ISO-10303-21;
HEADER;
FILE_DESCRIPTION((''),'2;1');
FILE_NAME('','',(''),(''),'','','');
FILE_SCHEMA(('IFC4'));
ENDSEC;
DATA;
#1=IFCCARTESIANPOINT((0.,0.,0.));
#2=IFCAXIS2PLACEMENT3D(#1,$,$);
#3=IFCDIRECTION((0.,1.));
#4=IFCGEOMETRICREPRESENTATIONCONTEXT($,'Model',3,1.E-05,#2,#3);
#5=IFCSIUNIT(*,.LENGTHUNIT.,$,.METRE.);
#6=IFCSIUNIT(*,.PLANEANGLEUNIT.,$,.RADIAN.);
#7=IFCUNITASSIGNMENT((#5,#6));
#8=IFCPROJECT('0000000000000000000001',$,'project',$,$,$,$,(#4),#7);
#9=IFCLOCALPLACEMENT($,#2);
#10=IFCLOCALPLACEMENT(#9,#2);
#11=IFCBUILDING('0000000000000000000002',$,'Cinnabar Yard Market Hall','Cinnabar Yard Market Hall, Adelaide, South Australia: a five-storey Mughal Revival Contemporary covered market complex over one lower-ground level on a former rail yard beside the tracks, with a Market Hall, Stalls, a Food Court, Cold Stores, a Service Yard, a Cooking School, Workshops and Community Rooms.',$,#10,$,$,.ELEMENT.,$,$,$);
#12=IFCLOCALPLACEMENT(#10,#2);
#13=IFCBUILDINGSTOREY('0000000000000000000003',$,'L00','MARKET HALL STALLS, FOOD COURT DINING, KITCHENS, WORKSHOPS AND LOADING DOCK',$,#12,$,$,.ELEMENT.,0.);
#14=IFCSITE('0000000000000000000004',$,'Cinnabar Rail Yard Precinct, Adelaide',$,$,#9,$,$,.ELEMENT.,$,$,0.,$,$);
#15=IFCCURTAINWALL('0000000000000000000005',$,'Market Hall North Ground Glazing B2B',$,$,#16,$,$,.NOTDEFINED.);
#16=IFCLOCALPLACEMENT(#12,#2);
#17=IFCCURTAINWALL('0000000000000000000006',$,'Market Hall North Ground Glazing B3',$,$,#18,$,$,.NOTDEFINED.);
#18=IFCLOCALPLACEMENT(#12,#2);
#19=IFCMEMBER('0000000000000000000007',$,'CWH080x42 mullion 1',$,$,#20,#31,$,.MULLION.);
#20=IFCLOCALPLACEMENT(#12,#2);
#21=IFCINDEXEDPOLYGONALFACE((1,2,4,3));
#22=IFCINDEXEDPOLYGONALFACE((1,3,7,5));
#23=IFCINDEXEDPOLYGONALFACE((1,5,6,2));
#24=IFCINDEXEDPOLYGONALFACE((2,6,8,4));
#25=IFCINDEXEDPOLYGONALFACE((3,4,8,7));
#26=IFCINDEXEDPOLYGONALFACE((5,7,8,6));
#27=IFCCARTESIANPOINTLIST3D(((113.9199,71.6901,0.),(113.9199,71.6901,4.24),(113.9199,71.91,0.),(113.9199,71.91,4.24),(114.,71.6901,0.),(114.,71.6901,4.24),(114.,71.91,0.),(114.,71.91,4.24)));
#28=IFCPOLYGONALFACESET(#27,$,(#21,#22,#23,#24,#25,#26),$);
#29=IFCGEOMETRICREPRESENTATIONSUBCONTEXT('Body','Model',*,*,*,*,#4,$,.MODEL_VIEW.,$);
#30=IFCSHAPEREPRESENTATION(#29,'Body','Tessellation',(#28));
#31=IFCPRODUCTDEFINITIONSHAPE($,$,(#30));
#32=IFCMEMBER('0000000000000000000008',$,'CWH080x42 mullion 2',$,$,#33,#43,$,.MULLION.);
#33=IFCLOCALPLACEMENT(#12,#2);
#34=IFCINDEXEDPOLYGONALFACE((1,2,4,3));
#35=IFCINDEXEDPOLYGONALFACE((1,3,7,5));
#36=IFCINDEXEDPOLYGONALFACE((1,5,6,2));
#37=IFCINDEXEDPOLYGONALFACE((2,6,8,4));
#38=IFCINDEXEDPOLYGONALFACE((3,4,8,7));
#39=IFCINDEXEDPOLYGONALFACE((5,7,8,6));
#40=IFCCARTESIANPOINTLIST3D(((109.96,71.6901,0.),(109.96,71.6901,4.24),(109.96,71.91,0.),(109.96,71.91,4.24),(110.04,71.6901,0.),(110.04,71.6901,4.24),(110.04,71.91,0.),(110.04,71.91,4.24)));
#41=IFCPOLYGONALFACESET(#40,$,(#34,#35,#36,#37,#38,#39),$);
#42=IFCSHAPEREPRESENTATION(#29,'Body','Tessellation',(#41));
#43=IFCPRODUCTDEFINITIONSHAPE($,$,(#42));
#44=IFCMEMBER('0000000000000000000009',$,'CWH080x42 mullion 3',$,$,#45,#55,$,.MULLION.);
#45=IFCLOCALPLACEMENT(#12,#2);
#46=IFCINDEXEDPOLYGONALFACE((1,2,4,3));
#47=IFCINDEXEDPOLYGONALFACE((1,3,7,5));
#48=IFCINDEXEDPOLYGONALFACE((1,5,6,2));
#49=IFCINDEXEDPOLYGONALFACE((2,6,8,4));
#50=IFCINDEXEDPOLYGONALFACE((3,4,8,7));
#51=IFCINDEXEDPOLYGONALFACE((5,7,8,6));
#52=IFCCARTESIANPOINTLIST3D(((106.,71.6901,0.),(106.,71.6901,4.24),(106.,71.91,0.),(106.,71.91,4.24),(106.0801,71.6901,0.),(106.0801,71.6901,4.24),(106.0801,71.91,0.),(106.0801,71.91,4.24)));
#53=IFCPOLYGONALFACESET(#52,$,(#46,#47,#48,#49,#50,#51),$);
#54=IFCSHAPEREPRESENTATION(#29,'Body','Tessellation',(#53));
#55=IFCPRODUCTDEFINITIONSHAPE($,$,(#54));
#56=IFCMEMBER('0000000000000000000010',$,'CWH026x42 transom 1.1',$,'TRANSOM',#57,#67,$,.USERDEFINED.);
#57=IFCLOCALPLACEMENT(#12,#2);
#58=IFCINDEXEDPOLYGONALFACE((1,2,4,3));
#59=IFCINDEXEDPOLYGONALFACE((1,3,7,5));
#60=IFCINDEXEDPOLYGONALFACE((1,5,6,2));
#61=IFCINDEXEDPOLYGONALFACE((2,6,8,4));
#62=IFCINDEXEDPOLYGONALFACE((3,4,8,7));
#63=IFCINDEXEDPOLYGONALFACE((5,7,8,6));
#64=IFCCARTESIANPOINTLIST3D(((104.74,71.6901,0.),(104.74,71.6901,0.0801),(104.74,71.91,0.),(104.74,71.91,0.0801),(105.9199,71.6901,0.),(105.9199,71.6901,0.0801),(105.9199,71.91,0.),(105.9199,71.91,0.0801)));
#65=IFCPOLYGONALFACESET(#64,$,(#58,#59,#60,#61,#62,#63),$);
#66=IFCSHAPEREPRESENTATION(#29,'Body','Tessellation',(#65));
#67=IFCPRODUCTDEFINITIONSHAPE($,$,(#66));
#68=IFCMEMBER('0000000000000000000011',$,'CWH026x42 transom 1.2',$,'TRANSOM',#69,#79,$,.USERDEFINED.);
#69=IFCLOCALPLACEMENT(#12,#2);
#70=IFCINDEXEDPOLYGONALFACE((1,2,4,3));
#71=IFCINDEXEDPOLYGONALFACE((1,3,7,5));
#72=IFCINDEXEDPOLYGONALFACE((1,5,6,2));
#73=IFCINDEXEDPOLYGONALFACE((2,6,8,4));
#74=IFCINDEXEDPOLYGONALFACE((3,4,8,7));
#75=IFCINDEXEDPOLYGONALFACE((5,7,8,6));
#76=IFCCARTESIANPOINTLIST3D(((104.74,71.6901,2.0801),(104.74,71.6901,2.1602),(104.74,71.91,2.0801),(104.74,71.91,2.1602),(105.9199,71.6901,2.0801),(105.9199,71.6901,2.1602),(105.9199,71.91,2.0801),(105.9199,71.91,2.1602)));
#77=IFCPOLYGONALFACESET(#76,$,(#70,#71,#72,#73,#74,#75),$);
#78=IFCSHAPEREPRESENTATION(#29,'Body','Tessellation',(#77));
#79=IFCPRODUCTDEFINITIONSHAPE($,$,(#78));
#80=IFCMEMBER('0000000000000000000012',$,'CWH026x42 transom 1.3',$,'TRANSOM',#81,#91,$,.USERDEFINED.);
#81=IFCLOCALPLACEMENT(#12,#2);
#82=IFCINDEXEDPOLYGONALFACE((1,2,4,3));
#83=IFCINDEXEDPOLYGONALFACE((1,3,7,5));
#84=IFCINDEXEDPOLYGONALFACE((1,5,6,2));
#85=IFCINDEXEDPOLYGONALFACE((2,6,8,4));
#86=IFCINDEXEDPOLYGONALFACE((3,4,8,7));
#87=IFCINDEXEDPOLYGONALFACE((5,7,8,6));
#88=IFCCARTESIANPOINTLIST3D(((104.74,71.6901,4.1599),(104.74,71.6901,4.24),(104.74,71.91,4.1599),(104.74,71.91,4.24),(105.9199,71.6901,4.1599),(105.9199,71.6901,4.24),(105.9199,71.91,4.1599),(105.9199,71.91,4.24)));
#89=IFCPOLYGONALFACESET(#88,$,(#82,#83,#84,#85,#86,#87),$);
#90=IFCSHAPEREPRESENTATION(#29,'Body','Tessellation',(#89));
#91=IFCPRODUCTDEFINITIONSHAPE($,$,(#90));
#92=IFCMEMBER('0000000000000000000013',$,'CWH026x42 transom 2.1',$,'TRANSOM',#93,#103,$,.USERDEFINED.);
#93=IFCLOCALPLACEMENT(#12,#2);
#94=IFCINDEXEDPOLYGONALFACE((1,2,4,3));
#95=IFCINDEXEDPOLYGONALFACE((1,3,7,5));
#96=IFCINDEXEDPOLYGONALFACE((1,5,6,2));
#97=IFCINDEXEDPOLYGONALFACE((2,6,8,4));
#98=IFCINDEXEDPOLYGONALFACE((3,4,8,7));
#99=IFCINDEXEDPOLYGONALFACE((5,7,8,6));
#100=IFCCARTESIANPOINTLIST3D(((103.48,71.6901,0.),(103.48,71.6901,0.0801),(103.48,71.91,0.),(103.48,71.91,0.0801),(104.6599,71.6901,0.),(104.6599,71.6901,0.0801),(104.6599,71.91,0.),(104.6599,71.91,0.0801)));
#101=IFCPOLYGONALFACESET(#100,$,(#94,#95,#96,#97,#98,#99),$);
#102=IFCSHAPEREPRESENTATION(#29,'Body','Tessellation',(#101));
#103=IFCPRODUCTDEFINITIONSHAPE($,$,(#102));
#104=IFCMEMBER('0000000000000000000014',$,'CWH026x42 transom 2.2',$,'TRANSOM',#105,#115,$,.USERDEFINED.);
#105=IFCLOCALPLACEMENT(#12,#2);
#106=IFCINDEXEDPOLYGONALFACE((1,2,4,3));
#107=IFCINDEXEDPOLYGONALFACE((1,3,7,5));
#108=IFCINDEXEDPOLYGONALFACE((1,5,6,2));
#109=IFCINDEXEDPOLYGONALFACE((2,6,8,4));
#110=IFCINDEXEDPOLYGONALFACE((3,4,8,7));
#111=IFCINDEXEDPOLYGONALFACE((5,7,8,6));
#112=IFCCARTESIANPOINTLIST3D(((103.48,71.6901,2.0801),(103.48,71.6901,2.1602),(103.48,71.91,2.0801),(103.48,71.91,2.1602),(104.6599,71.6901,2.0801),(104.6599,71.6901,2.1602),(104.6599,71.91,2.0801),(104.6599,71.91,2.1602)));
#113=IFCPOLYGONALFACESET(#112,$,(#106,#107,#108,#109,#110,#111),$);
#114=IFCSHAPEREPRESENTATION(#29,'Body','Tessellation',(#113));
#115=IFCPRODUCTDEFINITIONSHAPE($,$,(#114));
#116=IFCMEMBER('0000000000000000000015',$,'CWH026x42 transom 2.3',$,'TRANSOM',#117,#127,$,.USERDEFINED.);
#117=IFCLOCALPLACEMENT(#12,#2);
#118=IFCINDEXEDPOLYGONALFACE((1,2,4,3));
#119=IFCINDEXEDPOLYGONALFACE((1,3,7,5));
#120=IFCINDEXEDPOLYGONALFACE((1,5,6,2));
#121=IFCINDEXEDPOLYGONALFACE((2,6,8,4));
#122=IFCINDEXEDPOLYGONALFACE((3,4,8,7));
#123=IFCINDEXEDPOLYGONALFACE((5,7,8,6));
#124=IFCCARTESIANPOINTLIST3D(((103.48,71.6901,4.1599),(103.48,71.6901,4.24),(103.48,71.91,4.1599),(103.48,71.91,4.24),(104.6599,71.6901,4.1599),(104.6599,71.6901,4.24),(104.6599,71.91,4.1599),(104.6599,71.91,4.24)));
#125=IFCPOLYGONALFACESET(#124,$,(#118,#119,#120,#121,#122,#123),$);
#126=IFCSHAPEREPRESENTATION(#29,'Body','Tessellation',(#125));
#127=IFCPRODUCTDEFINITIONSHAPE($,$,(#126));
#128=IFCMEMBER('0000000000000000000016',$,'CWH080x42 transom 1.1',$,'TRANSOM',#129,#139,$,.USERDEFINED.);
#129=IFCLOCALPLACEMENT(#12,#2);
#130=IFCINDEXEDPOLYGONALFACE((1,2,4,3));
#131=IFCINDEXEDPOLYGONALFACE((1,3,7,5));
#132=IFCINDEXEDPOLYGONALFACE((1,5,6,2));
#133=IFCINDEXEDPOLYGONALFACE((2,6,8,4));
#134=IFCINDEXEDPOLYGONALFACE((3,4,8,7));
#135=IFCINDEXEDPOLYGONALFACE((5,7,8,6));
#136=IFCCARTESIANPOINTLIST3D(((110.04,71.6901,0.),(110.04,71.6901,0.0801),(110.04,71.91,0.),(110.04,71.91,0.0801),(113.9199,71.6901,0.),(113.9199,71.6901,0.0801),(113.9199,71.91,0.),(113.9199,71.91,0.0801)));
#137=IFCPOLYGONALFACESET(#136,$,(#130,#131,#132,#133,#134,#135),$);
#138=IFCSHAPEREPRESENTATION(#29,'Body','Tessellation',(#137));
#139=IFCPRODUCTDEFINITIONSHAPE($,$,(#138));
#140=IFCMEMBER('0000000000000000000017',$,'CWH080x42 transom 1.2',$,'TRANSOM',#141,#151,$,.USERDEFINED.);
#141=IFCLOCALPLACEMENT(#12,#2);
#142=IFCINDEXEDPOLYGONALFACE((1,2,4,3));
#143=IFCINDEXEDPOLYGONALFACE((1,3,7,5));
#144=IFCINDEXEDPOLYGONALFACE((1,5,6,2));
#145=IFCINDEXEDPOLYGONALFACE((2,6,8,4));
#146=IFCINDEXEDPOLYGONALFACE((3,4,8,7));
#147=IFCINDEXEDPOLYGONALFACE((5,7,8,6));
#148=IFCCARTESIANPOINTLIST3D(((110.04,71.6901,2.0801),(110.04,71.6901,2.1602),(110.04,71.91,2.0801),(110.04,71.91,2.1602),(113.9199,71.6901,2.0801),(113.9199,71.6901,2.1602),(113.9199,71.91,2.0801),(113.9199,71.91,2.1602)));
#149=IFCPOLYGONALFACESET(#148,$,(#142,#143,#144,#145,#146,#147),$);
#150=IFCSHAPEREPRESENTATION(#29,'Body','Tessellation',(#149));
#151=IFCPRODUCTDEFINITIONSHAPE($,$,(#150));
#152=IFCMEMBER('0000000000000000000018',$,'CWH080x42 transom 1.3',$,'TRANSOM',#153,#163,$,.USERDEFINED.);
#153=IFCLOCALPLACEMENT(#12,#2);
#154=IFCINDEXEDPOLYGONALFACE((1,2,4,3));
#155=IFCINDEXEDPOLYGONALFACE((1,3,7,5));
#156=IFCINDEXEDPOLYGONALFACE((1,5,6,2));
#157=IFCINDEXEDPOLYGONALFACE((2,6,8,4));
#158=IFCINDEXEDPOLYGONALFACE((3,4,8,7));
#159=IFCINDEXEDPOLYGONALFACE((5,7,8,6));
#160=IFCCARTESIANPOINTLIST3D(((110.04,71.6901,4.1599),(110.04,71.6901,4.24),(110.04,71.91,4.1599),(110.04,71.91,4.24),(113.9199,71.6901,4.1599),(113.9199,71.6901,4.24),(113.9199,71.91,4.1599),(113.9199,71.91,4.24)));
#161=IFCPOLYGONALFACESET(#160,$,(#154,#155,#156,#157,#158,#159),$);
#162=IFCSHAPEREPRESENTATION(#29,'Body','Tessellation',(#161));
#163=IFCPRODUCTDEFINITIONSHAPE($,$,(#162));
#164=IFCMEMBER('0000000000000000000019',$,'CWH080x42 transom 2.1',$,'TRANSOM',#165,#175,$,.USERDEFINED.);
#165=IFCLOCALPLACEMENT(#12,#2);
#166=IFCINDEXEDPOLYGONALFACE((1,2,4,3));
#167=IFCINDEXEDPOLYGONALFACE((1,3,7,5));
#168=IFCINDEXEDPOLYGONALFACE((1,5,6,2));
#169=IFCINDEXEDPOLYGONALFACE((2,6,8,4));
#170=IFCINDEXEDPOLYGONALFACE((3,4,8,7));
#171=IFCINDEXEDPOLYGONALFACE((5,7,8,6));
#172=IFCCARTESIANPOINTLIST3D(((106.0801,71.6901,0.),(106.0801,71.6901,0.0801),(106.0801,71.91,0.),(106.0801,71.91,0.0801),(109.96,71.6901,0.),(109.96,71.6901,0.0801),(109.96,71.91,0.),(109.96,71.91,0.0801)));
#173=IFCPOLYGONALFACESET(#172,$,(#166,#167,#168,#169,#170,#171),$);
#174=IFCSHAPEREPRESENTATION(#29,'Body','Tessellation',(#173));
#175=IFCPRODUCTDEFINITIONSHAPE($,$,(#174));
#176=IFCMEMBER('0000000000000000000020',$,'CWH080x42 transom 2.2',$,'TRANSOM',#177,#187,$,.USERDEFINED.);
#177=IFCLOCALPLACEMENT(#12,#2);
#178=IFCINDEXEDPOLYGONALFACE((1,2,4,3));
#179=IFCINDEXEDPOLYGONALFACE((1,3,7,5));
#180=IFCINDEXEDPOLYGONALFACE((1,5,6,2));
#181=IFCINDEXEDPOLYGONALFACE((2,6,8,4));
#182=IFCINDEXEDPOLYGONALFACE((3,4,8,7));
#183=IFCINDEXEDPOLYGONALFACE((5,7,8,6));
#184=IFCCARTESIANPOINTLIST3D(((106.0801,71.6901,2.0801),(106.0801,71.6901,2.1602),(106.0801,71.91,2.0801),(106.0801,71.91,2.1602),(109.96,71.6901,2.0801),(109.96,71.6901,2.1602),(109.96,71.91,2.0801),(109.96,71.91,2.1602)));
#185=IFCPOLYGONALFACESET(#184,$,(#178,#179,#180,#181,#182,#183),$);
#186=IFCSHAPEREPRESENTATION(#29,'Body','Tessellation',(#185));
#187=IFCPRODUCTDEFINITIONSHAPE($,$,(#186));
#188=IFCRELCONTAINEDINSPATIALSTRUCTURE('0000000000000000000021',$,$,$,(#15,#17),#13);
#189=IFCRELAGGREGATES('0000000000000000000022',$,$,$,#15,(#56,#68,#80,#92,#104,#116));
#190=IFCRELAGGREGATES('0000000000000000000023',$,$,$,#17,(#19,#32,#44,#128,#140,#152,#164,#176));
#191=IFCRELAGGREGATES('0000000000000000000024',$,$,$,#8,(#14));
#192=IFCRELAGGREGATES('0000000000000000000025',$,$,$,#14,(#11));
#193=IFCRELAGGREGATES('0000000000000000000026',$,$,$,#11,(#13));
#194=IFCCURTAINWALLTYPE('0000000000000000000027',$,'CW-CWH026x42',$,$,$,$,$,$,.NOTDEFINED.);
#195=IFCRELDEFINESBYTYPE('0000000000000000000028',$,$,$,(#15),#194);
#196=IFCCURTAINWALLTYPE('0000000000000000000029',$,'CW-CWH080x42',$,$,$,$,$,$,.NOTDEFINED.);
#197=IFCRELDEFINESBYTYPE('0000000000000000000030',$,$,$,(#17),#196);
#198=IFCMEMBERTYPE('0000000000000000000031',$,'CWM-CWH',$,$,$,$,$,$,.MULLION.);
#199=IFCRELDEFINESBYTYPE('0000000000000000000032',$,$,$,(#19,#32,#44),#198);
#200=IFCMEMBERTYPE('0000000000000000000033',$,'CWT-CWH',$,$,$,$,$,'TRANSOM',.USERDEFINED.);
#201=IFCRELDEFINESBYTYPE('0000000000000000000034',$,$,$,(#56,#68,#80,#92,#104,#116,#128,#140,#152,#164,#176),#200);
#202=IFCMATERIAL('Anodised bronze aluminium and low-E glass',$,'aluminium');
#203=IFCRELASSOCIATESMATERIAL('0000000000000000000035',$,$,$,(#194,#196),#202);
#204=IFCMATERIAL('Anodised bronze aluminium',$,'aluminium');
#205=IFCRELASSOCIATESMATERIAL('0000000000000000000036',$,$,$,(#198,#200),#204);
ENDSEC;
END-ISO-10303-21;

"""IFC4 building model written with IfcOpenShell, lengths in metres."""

from ifc_helpers import new_model, si_unit, direction, frame, origin, origin_2d_with_axis, place, context, subcontext, project, spatial, rectangle, extrude, material, material_profile, profile_set, type_object, element, aggregate, save


model = new_model("IFC4")

# Units and contexts
model_context = context("Model", 3, precision=1e-05, world=origin(), true_north=direction((0.0, 1.0)))
body_context = subcontext(model_context, "Body", "Model", "MODEL_VIEW")
ifc_project = project(units=[si_unit("LENGTHUNIT", "METRE"), si_unit("PLANEANGLEUNIT", "RADIAN")], contexts=[model_context])

# Site, building, storey
site_placement = place(None, origin())
site = spatial("IfcSite", under=ifc_project, at=site_placement, Name="Cinnabar Rail Yard Precinct, Adelaide", CompositionType="ELEMENT", RefElevation=0.0)
building_placement = place(site_placement, origin())
building = spatial("IfcBuilding", under=site, at=building_placement, Name="Cinnabar Yard Market Hall", Description="Cinnabar Yard Market Hall, Adelaide, South Australia: a five-storey Mughal Revival Contemporary covered market complex over one lower-ground level on a former rail yard beside the tracks, with a Market Hall, Stalls, a Food Court, Cold Stores, a Service Yard, a Cooking School, Workshops and Community Rooms.", CompositionType="ELEMENT")
storey_placement = place(building_placement, origin())
storey = spatial("IfcBuildingStorey", under=building, at=storey_placement, Name="L00", Description="MARKET HALL STALLS, FOOD COURT DINING, KITCHENS, WORKSHOPS AND LOADING DOCK", CompositionType="ELEMENT", Elevation=0.0)

# Curtain walls, members
ifc_material_1 = material(Name="Anodised bronze aluminium and low-E glass", Category="aluminium")
curtain_wall_type_1 = type_object("IfcCurtainWallType", Name="CW-CWH026x42", PredefinedType="NOTDEFINED", material=ifc_material_1)
curtain_wall_1_placement = place(storey_placement, origin())
curtain_wall_1 = element("IfcCurtainWall", 1, at=curtain_wall_1_placement, inside=storey, type_object=curtain_wall_type_1, Name="Market Hall North Ground Glazing B2B", PredefinedType="NOTDEFINED")
ifc_material_2 = material(Name="Anodised bronze aluminium", Category="aluminium")
ifc_material_profile_1 = material_profile(ifc_material_2, rectangle(XDim=0.22, YDim=0.0801, at=origin_2d_with_axis()), Name="MUL-CWH")
ifc_profile_set_1 = profile_set([ifc_material_profile_1], Name="Anodised bronze aluminium")
member_type_1 = type_object("IfcMemberType", Name="CWM-CWH", PredefinedType="MULLION", material=ifc_profile_set_1)
curtain_wall_type_2 = type_object("IfcCurtainWallType", Name="CW-CWH080x42", PredefinedType="NOTDEFINED", material=ifc_material_1)
curtain_wall_2_placement = place(storey_placement, origin())
curtain_wall_2 = element("IfcCurtainWall", 2, at=curtain_wall_2_placement, inside=storey, type_object=curtain_wall_type_2, Name="Market Hall North Ground Glazing B3", PredefinedType="NOTDEFINED")
member_1_placement = place(storey_placement, frame((113.96, 71.8, 0.0), z_axis=(0.0, 0.0, 1.0), x_axis=(0.0, -1.0, 0.0)))
member_1 = element("IfcMember", 3, at=member_1_placement, type_object=member_type_1, Name="CWH080x42 mullion 1", PredefinedType="MULLION", context=body_context, shape_type="SweptSolid", body=[
    extrude(rectangle(XDim=0.22, YDim=0.0801, at=origin_2d_with_axis()), origin(), (0.0, 0.0, 1.0), 4.24),
])
member_2_placement = place(storey_placement, frame((110.0, 71.8, 0.0), z_axis=(0.0, 0.0, 1.0), x_axis=(0.0, -1.0, 0.0)))
member_2 = element("IfcMember", 4, at=member_2_placement, type_object=member_type_1, Name="CWH080x42 mullion 2", PredefinedType="MULLION", context=body_context, shape_type="SweptSolid", body=[
    extrude(rectangle(XDim=0.22, YDim=0.0801, at=origin_2d_with_axis()), origin(), (0.0, 0.0, 1.0), 4.24),
])
member_3_placement = place(storey_placement, frame((106.04, 71.8, 0.0), z_axis=(0.0, 0.0, 1.0), x_axis=(0.0, -1.0, 0.0)))
member_3 = element("IfcMember", 5, at=member_3_placement, type_object=member_type_1, Name="CWH080x42 mullion 3", PredefinedType="MULLION", context=body_context, shape_type="SweptSolid", body=[
    extrude(rectangle(XDim=0.22, YDim=0.0801, at=origin_2d_with_axis()), origin(), (0.0, 0.0, 1.0), 4.24),
])

# Members
ifc_material_profile_2 = material_profile(ifc_material_2, rectangle(XDim=0.22, YDim=0.0801, at=origin_2d_with_axis()), Name="TRN-CWH")
ifc_profile_set_2 = profile_set([ifc_material_profile_2], Name="Anodised bronze aluminium")
member_type_2 = type_object("IfcMemberType", Name="CWT-CWH", ElementType="TRANSOM", PredefinedType="USERDEFINED", material=ifc_profile_set_2)
member_4_placement = place(storey_placement, frame((105.9199, 71.8, 0.04), z_axis=(-1.0, 0.0, 0.0), x_axis=(0.0, -1.0, 0.0)))
member_4 = element("IfcMember", 6, at=member_4_placement, type_object=member_type_2, Name="CWH026x42 transom 1.1", ObjectType="TRANSOM", PredefinedType="USERDEFINED", context=body_context, shape_type="SweptSolid", body=[
    extrude(rectangle(XDim=0.22, YDim=0.0801, at=origin_2d_with_axis()), origin(), (0.0, 0.0, 1.0), 1.1799),
])
member_5_placement = place(storey_placement, frame((105.9199, 71.8, 2.1201), z_axis=(-1.0, 0.0, 0.0), x_axis=(0.0, -1.0, 0.0)))
member_5 = element("IfcMember", 7, at=member_5_placement, type_object=member_type_2, Name="CWH026x42 transom 1.2", ObjectType="TRANSOM", PredefinedType="USERDEFINED", context=body_context, shape_type="SweptSolid", body=[
    extrude(rectangle(XDim=0.22, YDim=0.0801, at=origin_2d_with_axis()), origin(), (0.0, 0.0, 1.0), 1.1799),
])
member_6_placement = place(storey_placement, frame((105.9199, 71.8, 4.2), z_axis=(-1.0, 0.0, 0.0), x_axis=(0.0, -1.0, 0.0)))
member_6 = element("IfcMember", 8, at=member_6_placement, type_object=member_type_2, Name="CWH026x42 transom 1.3", ObjectType="TRANSOM", PredefinedType="USERDEFINED", context=body_context, shape_type="SweptSolid", body=[
    extrude(rectangle(XDim=0.22, YDim=0.0801, at=origin_2d_with_axis()), origin(), (0.0, 0.0, 1.0), 1.1799),
])
member_7_placement = place(storey_placement, frame((104.6599, 71.8, 0.04), z_axis=(-1.0, 0.0, 0.0), x_axis=(0.0, -1.0, 0.0)))
member_7 = element("IfcMember", 9, at=member_7_placement, type_object=member_type_2, Name="CWH026x42 transom 2.1", ObjectType="TRANSOM", PredefinedType="USERDEFINED", context=body_context, shape_type="SweptSolid", body=[
    extrude(rectangle(XDim=0.22, YDim=0.0801, at=origin_2d_with_axis()), origin(), (0.0, 0.0, 1.0), 1.1799),
])
member_8_placement = place(storey_placement, frame((104.6599, 71.8, 2.1201), z_axis=(-1.0, 0.0, 0.0), x_axis=(0.0, -1.0, 0.0)))
member_8 = element("IfcMember", 10, at=member_8_placement, type_object=member_type_2, Name="CWH026x42 transom 2.2", ObjectType="TRANSOM", PredefinedType="USERDEFINED", context=body_context, shape_type="SweptSolid", body=[
    extrude(rectangle(XDim=0.22, YDim=0.0801, at=origin_2d_with_axis()), origin(), (0.0, 0.0, 1.0), 1.1799),
])
member_9_placement = place(storey_placement, frame((104.6599, 71.8, 4.2), z_axis=(-1.0, 0.0, 0.0), x_axis=(0.0, -1.0, 0.0)))
member_9 = element("IfcMember", 11, at=member_9_placement, type_object=member_type_2, Name="CWH026x42 transom 2.3", ObjectType="TRANSOM", PredefinedType="USERDEFINED", context=body_context, shape_type="SweptSolid", body=[
    extrude(rectangle(XDim=0.22, YDim=0.0801, at=origin_2d_with_axis()), origin(), (0.0, 0.0, 1.0), 1.1799),
])
member_10_placement = place(storey_placement, frame((113.9199, 71.8, 0.04), z_axis=(-1.0, 0.0, 0.0), x_axis=(0.0, -1.0, 0.0)))
member_10 = element("IfcMember", 12, at=member_10_placement, type_object=member_type_2, Name="CWH080x42 transom 1.1", ObjectType="TRANSOM", PredefinedType="USERDEFINED", context=body_context, shape_type="SweptSolid", body=[
    extrude(rectangle(XDim=0.22, YDim=0.0801, at=origin_2d_with_axis()), origin(), (0.0, 0.0, 1.0), 3.8799),
])
member_11_placement = place(storey_placement, frame((113.9199, 71.8, 2.1201), z_axis=(-1.0, 0.0, 0.0), x_axis=(0.0, -1.0, 0.0)))
member_11 = element("IfcMember", 13, at=member_11_placement, type_object=member_type_2, Name="CWH080x42 transom 1.2", ObjectType="TRANSOM", PredefinedType="USERDEFINED", context=body_context, shape_type="SweptSolid", body=[
    extrude(rectangle(XDim=0.22, YDim=0.0801, at=origin_2d_with_axis()), origin(), (0.0, 0.0, 1.0), 3.8799),
])
member_12_placement = place(storey_placement, frame((113.9199, 71.8, 4.2), z_axis=(-1.0, 0.0, 0.0), x_axis=(0.0, -1.0, 0.0)))
member_12 = element("IfcMember", 14, at=member_12_placement, type_object=member_type_2, Name="CWH080x42 transom 1.3", ObjectType="TRANSOM", PredefinedType="USERDEFINED", context=body_context, shape_type="SweptSolid", body=[
    extrude(rectangle(XDim=0.22, YDim=0.0801, at=origin_2d_with_axis()), origin(), (0.0, 0.0, 1.0), 3.8799),
])
member_13_placement = place(storey_placement, frame((109.96, 71.8, 0.04), z_axis=(-1.0, 0.0, 0.0), x_axis=(0.0, -1.0, 0.0)))
member_13 = element("IfcMember", 15, at=member_13_placement, type_object=member_type_2, Name="CWH080x42 transom 2.1", ObjectType="TRANSOM", PredefinedType="USERDEFINED", context=body_context, shape_type="SweptSolid", body=[
    extrude(rectangle(XDim=0.22, YDim=0.0801, at=origin_2d_with_axis()), origin(), (0.0, 0.0, 1.0), 3.8799),
])
member_14_placement = place(storey_placement, frame((109.96, 71.8, 2.1201), z_axis=(-1.0, 0.0, 0.0), x_axis=(0.0, -1.0, 0.0)))
member_14 = element("IfcMember", 16, at=member_14_placement, type_object=member_type_2, Name="CWH080x42 transom 2.2", ObjectType="TRANSOM", PredefinedType="USERDEFINED", context=body_context, shape_type="SweptSolid", body=[
    extrude(rectangle(XDim=0.22, YDim=0.0801, at=origin_2d_with_axis()), origin(), (0.0, 0.0, 1.0), 3.8799),
])

aggregate(curtain_wall_1, [member_4, member_5, member_6, member_7, member_8, member_9])
aggregate(curtain_wall_2, [member_1, member_2, member_3, member_10, member_11, member_12, member_13, member_14])

save(model, "model.ifc")
